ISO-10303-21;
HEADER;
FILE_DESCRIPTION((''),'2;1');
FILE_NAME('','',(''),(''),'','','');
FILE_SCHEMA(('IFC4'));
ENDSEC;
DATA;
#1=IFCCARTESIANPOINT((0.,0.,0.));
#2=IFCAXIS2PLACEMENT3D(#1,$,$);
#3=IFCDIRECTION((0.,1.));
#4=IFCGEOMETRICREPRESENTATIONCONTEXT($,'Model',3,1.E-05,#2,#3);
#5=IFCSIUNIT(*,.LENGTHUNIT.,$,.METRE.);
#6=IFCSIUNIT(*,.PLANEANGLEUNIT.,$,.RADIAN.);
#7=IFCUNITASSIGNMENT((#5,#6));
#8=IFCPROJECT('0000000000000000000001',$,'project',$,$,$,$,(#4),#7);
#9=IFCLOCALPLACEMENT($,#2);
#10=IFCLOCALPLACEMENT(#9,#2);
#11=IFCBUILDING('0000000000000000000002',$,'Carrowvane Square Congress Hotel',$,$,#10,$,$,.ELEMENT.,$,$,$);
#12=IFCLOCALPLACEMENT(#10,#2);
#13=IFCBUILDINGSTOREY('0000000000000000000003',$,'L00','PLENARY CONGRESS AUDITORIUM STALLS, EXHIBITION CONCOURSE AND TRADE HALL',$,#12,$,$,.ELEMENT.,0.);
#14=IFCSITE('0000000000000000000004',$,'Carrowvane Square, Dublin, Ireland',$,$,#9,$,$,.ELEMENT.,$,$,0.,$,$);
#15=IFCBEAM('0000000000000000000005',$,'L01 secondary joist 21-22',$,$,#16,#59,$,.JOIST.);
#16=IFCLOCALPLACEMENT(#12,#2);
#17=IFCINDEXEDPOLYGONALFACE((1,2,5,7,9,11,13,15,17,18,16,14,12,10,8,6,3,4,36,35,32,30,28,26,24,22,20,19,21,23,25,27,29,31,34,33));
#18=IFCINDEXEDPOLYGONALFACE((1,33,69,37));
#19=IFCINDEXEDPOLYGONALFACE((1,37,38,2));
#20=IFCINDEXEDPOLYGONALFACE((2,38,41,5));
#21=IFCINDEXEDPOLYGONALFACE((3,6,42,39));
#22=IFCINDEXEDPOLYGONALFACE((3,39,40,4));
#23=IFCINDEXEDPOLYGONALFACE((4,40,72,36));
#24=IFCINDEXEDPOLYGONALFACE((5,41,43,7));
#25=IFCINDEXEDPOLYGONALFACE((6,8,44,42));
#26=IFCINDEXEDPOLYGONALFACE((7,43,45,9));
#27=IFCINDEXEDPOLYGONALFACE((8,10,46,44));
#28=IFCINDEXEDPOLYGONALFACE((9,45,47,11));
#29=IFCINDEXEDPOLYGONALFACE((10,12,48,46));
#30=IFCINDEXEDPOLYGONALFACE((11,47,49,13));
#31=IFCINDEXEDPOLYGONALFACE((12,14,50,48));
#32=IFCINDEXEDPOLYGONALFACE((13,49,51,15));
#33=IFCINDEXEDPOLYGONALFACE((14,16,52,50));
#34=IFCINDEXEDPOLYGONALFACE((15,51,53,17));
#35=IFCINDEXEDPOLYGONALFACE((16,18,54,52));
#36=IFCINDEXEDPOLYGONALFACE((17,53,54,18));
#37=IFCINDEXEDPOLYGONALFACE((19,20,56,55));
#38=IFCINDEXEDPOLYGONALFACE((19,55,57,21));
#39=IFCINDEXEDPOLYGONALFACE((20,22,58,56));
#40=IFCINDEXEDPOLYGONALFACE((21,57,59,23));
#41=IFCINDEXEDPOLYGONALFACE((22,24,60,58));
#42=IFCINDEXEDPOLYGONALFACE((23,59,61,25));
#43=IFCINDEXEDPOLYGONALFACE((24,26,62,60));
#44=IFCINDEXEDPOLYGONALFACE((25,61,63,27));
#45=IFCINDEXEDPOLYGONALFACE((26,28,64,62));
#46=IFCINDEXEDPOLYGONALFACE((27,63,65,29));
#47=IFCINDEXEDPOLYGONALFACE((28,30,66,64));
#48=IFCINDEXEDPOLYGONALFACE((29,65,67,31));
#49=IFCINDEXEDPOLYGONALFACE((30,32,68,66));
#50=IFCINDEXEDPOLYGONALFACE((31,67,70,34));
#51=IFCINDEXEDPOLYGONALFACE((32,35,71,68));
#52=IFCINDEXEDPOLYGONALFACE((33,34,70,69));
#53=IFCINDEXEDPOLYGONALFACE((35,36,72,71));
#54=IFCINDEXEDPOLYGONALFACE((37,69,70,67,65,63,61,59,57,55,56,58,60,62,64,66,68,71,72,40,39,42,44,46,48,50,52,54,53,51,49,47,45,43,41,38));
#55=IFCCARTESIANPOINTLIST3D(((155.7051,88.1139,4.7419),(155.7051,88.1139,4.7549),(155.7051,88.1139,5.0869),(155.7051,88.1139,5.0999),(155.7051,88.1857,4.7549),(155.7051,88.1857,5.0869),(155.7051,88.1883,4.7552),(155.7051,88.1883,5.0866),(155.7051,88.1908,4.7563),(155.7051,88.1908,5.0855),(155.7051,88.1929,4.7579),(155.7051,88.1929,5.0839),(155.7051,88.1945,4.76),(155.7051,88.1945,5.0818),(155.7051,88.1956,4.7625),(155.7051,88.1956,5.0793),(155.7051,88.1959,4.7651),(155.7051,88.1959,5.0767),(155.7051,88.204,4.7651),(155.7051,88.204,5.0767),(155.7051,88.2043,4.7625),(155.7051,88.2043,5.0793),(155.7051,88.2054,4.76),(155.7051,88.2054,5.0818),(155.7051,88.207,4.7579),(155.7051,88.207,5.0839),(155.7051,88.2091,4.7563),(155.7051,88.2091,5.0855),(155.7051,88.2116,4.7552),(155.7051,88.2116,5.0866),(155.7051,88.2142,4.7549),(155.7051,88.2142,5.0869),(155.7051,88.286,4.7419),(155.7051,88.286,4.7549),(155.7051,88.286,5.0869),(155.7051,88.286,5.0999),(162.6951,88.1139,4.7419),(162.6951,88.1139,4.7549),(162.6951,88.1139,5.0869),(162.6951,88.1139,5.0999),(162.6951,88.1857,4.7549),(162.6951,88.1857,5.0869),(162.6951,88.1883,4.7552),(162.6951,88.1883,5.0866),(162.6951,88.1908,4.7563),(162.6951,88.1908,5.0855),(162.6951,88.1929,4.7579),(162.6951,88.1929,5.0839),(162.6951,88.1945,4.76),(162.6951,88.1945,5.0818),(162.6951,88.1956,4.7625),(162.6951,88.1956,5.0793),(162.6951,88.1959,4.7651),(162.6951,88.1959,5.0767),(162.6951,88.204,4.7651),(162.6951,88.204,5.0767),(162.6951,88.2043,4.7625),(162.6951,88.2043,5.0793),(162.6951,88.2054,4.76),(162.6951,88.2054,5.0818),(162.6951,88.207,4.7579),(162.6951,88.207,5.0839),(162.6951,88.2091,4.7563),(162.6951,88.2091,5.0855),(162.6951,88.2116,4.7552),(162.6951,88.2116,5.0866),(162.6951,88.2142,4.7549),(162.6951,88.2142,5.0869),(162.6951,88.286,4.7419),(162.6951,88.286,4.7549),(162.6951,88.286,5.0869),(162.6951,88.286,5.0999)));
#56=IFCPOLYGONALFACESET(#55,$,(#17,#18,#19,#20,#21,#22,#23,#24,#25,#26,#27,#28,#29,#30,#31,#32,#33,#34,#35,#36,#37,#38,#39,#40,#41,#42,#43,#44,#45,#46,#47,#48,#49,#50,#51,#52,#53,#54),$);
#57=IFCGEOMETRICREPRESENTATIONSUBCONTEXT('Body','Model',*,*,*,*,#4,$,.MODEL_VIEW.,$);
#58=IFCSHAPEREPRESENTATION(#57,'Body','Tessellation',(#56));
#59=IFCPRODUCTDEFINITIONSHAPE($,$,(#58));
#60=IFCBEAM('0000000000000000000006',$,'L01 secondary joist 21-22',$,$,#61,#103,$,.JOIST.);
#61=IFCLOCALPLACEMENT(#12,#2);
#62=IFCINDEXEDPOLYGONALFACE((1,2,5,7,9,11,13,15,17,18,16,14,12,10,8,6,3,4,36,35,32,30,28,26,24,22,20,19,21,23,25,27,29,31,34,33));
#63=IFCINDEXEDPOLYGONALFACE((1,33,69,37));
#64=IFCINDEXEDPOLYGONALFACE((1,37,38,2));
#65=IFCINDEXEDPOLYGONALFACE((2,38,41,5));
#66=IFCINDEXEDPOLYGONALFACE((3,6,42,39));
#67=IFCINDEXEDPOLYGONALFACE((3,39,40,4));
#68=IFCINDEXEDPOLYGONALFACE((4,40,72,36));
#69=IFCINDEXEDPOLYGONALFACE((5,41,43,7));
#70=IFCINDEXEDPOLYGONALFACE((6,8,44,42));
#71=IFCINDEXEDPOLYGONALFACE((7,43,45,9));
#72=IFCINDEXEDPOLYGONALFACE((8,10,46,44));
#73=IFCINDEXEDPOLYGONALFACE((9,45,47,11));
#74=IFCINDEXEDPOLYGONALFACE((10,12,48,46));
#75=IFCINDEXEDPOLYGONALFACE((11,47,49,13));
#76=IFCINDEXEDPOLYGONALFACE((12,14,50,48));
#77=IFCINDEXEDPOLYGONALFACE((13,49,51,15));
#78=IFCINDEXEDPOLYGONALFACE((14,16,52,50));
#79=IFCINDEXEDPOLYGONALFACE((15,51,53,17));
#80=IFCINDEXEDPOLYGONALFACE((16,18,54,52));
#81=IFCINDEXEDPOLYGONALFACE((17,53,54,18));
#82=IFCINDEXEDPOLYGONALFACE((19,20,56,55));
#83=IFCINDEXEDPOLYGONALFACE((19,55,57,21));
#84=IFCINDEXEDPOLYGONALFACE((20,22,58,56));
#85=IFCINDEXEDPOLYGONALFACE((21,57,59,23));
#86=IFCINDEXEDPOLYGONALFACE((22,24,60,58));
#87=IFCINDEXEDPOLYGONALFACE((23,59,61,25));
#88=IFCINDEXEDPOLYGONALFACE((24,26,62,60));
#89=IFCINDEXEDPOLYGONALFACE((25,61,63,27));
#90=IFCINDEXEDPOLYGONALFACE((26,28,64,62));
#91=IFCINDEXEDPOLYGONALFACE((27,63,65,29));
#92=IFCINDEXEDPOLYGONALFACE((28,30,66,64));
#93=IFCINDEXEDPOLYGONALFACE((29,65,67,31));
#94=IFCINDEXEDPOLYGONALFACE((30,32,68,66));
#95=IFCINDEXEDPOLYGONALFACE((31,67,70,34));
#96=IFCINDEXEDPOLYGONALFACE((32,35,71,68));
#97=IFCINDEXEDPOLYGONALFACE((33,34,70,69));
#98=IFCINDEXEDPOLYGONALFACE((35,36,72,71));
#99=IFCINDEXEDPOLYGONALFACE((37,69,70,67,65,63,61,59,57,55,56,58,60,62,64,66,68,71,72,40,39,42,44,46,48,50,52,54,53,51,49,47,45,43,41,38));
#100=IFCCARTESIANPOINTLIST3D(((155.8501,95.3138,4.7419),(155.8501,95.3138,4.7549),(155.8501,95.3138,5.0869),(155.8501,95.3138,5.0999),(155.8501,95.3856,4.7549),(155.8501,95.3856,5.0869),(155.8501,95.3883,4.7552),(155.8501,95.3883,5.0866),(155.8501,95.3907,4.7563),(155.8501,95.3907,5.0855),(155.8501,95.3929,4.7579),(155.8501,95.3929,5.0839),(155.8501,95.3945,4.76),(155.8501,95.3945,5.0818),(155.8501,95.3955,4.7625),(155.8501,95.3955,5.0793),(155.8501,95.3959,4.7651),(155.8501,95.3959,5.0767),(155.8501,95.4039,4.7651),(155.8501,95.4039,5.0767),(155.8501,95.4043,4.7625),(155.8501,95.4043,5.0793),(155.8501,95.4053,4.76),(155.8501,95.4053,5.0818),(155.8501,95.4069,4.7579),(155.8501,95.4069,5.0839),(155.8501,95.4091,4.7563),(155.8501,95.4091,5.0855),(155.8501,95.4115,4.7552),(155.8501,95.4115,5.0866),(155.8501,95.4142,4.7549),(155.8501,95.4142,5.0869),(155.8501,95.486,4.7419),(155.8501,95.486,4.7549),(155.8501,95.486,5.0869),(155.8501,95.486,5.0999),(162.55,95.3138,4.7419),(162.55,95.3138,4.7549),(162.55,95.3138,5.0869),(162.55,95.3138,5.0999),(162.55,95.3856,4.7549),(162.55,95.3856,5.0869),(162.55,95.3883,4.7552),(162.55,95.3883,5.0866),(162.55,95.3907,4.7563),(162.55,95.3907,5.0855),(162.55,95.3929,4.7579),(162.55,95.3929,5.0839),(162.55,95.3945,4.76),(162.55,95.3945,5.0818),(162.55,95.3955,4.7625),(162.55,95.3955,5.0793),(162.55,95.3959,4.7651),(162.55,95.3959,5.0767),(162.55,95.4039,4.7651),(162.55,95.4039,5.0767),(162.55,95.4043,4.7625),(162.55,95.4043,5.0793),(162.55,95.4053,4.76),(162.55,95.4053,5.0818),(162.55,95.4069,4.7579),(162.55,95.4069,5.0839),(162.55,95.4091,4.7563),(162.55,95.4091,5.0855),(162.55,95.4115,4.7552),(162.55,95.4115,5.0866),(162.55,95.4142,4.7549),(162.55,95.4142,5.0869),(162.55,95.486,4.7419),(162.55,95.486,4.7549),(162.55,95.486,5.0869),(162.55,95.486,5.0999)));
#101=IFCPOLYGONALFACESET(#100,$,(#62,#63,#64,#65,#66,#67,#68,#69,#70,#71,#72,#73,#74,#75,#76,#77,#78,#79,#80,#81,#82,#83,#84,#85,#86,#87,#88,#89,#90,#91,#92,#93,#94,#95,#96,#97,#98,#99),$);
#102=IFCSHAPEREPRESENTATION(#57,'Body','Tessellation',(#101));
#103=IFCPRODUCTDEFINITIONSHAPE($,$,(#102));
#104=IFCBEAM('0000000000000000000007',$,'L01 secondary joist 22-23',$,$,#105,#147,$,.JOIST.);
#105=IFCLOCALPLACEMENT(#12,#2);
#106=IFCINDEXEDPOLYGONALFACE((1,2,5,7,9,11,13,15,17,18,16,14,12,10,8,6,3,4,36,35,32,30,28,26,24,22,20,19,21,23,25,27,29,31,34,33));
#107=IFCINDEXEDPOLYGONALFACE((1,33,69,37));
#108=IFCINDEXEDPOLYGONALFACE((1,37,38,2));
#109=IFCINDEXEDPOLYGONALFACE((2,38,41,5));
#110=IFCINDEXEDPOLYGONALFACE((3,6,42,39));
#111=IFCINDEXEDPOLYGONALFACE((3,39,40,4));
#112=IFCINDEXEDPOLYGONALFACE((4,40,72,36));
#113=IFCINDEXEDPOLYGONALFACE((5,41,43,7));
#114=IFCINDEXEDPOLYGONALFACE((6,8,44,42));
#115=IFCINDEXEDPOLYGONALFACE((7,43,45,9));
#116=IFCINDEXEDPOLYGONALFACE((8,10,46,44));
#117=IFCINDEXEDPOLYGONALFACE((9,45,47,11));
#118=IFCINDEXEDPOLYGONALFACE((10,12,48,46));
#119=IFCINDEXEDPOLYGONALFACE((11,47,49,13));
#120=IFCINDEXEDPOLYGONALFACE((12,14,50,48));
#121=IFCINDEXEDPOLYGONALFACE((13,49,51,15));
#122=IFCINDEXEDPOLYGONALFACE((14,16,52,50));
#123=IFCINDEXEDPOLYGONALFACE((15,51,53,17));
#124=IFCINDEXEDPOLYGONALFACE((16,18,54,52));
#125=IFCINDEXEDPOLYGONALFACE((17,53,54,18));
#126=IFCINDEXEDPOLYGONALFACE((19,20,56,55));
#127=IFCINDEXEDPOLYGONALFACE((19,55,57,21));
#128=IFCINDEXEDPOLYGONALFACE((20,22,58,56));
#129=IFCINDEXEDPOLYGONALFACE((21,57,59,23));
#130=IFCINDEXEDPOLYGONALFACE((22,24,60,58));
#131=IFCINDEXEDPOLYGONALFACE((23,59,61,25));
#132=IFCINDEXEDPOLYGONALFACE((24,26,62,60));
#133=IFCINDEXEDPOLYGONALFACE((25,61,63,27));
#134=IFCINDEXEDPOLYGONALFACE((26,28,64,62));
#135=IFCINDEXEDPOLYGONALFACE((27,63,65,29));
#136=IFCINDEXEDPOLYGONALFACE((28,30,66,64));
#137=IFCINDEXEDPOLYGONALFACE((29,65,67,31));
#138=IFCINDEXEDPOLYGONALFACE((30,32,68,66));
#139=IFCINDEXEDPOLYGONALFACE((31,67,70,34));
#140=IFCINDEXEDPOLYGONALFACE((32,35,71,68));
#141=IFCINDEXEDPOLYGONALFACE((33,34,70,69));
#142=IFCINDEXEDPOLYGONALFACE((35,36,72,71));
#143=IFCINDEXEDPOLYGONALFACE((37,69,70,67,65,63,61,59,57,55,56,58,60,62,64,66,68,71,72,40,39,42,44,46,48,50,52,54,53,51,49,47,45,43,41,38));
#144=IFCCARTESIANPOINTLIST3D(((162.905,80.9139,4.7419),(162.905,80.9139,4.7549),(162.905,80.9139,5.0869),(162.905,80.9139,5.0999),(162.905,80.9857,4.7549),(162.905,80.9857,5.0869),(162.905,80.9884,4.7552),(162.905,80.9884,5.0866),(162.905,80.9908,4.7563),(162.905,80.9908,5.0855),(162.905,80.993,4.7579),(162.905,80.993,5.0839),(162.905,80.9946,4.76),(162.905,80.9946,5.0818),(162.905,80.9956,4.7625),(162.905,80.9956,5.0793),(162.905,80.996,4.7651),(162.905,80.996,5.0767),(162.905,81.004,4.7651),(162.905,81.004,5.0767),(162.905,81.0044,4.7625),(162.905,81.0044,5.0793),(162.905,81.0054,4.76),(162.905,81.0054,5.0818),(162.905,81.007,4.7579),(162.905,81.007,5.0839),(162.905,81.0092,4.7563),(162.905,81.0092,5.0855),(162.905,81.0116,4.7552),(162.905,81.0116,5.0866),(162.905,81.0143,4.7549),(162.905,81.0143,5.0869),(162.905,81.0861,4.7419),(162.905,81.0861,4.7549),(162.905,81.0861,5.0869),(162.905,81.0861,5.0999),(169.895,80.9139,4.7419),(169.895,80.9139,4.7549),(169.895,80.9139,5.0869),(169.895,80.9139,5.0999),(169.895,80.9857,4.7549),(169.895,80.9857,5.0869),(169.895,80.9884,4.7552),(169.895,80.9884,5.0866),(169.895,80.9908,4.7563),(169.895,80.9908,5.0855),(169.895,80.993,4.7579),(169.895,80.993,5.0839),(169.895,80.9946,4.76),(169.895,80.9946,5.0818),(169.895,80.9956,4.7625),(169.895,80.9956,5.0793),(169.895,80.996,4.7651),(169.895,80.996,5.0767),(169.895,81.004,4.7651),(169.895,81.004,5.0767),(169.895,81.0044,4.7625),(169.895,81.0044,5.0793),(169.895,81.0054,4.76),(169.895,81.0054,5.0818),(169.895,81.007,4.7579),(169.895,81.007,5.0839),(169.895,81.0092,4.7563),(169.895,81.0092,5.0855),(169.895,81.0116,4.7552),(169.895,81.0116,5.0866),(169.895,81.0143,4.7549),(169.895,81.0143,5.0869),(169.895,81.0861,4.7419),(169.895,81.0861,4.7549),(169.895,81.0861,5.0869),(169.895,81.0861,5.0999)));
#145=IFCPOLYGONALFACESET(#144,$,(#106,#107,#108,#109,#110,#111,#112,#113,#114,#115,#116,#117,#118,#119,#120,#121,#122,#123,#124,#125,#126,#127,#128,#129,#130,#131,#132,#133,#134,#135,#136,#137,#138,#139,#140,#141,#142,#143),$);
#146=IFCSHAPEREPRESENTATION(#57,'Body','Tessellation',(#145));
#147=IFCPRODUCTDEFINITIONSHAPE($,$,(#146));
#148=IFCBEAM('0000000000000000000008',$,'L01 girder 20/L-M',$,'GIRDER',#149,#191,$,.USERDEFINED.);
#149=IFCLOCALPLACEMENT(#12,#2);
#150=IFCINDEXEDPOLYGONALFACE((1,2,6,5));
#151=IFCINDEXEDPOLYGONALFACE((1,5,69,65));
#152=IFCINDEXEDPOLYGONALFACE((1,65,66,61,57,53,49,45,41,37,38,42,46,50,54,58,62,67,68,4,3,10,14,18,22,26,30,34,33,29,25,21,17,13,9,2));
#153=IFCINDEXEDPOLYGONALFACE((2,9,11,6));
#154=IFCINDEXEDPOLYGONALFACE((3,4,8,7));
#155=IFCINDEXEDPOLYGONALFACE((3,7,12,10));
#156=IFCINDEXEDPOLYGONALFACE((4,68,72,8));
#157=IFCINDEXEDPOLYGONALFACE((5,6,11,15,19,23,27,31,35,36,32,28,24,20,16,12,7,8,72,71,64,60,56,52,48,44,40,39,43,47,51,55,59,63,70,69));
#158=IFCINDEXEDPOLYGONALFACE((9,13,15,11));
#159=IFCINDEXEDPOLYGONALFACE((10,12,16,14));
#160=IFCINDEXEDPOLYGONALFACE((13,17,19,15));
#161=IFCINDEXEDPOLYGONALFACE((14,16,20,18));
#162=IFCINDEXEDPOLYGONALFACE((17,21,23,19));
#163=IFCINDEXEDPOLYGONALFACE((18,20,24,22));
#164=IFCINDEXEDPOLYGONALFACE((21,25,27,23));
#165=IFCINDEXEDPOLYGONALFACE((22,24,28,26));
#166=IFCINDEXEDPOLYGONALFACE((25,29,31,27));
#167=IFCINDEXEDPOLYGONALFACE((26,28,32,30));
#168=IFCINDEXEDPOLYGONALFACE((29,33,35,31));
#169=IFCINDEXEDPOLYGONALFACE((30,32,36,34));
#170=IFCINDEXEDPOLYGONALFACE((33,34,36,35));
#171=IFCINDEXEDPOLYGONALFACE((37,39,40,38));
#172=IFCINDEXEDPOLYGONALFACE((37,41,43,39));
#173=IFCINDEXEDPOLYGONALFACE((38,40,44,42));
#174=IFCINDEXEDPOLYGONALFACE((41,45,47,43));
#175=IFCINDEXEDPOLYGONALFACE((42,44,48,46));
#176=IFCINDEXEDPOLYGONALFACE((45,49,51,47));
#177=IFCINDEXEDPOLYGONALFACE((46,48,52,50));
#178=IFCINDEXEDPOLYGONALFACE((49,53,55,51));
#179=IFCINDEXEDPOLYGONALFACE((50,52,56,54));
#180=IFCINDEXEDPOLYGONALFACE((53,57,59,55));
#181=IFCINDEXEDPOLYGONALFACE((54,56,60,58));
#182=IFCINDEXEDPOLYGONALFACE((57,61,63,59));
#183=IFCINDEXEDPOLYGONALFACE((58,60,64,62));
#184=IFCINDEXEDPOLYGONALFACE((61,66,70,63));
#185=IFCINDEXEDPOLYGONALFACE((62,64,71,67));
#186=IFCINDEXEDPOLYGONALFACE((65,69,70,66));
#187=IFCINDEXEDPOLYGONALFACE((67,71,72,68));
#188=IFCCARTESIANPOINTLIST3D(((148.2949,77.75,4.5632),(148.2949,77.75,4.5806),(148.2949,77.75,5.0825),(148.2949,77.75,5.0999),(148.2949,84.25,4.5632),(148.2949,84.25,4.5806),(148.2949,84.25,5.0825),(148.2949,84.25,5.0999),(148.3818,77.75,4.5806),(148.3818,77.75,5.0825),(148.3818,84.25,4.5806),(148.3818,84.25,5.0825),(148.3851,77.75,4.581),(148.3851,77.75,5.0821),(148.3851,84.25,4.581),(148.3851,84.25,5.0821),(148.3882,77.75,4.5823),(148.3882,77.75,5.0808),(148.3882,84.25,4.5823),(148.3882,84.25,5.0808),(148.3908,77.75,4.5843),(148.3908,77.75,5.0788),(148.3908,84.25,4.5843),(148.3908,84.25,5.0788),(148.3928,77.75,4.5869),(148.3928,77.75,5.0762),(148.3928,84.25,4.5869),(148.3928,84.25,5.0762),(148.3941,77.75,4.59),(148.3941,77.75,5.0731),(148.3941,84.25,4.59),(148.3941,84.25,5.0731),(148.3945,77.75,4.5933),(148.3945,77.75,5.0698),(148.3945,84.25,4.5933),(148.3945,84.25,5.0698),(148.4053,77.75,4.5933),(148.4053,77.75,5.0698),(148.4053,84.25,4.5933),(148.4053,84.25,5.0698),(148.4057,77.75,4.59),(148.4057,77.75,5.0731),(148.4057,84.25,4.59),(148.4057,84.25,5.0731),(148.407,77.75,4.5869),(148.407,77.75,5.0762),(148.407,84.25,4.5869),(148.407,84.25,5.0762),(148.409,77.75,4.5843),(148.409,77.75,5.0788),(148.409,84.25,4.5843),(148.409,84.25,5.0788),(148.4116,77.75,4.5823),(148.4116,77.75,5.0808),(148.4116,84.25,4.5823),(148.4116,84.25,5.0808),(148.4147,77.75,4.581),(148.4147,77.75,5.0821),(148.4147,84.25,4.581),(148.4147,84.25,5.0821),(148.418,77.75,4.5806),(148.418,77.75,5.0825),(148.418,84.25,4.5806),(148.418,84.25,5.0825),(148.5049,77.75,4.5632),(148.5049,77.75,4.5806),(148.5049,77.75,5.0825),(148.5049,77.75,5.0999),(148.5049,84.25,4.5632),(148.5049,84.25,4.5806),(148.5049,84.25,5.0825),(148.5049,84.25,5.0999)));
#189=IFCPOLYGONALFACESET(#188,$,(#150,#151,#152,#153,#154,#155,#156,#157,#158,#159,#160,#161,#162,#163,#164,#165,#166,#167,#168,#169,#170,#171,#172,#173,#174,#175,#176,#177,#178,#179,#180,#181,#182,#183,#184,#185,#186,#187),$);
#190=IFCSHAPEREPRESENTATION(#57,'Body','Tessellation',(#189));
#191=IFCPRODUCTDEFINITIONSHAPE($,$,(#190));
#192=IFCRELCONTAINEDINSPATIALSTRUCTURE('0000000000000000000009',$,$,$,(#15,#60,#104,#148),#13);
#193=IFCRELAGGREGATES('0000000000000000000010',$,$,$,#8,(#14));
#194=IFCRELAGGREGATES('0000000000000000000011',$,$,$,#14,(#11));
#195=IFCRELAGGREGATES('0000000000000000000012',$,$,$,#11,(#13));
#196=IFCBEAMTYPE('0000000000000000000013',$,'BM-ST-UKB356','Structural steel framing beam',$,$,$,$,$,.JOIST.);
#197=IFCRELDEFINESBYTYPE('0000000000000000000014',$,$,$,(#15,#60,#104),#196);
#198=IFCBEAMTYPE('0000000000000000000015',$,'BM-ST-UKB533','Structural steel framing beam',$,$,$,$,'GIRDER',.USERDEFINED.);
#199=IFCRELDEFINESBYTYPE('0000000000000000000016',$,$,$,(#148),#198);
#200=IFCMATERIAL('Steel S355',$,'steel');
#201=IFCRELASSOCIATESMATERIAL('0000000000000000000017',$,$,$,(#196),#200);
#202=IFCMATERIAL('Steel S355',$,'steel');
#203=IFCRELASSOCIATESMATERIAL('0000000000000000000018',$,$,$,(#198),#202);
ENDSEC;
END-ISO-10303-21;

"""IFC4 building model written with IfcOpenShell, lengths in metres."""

from ifc_helpers import new_model, si_unit, direction, frame, origin, origin_2d, place, context, subcontext, project, spatial, i_section, extrude, material, material_profile, profile_set, type_object, element, save


model = new_model("IFC4")

# Units and contexts
model_context = context("Model", 3, precision=1e-05, world=origin(), true_north=direction((0.0, 1.0)))
body_context = subcontext(model_context, "Body", "Model", "MODEL_VIEW")
ifc_project = project(units=[si_unit("LENGTHUNIT", "METRE"), si_unit("PLANEANGLEUNIT", "RADIAN")], contexts=[model_context])

# Site, building, storey
site_placement = place(None, origin())
site = spatial("IfcSite", under=ifc_project, at=site_placement, Name="Carrowvane Square, Dublin, Ireland", CompositionType="ELEMENT", RefElevation=0.0)
building_placement = place(site_placement, origin())
building = spatial("IfcBuilding", under=site, at=building_placement, Name="Carrowvane Square Congress Hotel", CompositionType="ELEMENT")
storey_placement = place(building_placement, origin())
storey = spatial("IfcBuildingStorey", under=building, at=storey_placement, Name="L00", Description="PLENARY CONGRESS AUDITORIUM STALLS, EXHIBITION CONCOURSE AND TRADE HALL", CompositionType="ELEMENT", Elevation=0.0)

# Beams
ifc_material_1 = material(Name="Steel S355", Category="steel")
ifc_material_profile_1 = material_profile(ifc_material_1, i_section(OverallWidth=0.1721, OverallDepth=0.3579, WebThickness=0.0081, FlangeThickness=0.0129, FilletRadius=0.0103, at=origin_2d()), Name="UKB 356x171x57")
ifc_profile_set_1 = profile_set([ifc_material_profile_1], Name="Steel S355")
beam_type_1 = type_object("IfcBeamType", Name="BM-ST-UKB356", Description="Structural steel framing beam", PredefinedType="JOIST", material=ifc_profile_set_1)
for number, where, z_axis, x_axis, name in (
    (1, (155.7051, 88.2, 4.9209), (1.0, 0.0, 0.0), (0.0, 1.0, 0.0), "L01 secondary joist 21-22"),
):
    element("IfcBeam", number, at=place(storey_placement, frame(where, z_axis=z_axis, x_axis=x_axis)), inside=storey, type_object=beam_type_1, Name=name, PredefinedType="JOIST", context=body_context, shape_type="SweptSolid", body=[
        extrude(i_section(OverallWidth=0.1721, OverallDepth=0.3579, WebThickness=0.0081, FlangeThickness=0.0129, FilletRadius=0.0103, at=origin_2d()), origin(), (0.0, 0.0, 1.0), 6.99),
    ])
beam_1_placement = place(storey_placement, frame((155.8501, 95.3999, 4.9209), z_axis=(1.0, 0.0, 0.0), x_axis=(0.0, 1.0, 0.0)))
element("IfcBeam", 2, at=beam_1_placement, inside=storey, type_object=beam_type_1, Name="L01 secondary joist 21-22", PredefinedType="JOIST", context=body_context, shape_type="SweptSolid", body=[
    extrude(i_section(OverallWidth=0.1721, OverallDepth=0.3579, WebThickness=0.0081, FlangeThickness=0.0129, FilletRadius=0.0103, at=origin_2d()), origin(), (0.0, 0.0, 1.0), 6.7),
])
beam_2_placement = place(storey_placement, frame((162.905, 81.0, 4.9209), z_axis=(1.0, 0.0, 0.0), x_axis=(0.0, 1.0, 0.0)))
element("IfcBeam", 3, at=beam_2_placement, inside=storey, type_object=beam_type_1, Name="L01 secondary joist 22-23", PredefinedType="JOIST", context=body_context, shape_type="SweptSolid", body=[
    extrude(i_section(OverallWidth=0.1721, OverallDepth=0.3579, WebThickness=0.0081, FlangeThickness=0.0129, FilletRadius=0.0103, at=origin_2d()), origin(), (0.0, 0.0, 1.0), 6.99),
])
ifc_material_2 = material(Name="Steel S355", Category="steel")
ifc_material_profile_2 = material_profile(ifc_material_2, i_section(OverallWidth=0.21, OverallDepth=0.5366, WebThickness=0.0107, FlangeThickness=0.0173, FilletRadius=0.0127, at=origin_2d()), Name="UKB 533x210x101")
ifc_profile_set_2 = profile_set([ifc_material_profile_2], Name="Steel S355")
beam_type_2 = type_object("IfcBeamType", Name="BM-ST-UKB533", Description="Structural steel framing beam", ElementType="GIRDER", PredefinedType="USERDEFINED", material=ifc_profile_set_2)
for number, where, z_axis, x_axis, name in (
    (4, (148.3999, 77.75, 4.8315), (0.0, 1.0, 0.0), (-1.0, 0.0, 0.0), "L01 girder 20/L-M"),
):
    element("IfcBeam", number, at=place(storey_placement, frame(where, z_axis=z_axis, x_axis=x_axis)), inside=storey, type_object=beam_type_2, Name=name, ObjectType="GIRDER", PredefinedType="USERDEFINED", context=body_context, shape_type="SweptSolid", body=[
        extrude(i_section(OverallWidth=0.21, OverallDepth=0.5366, WebThickness=0.0107, FlangeThickness=0.0173, FilletRadius=0.0127, at=origin_2d()), origin(), (0.0, 0.0, 1.0), 6.5),
    ])

save(model, "model.ifc")
